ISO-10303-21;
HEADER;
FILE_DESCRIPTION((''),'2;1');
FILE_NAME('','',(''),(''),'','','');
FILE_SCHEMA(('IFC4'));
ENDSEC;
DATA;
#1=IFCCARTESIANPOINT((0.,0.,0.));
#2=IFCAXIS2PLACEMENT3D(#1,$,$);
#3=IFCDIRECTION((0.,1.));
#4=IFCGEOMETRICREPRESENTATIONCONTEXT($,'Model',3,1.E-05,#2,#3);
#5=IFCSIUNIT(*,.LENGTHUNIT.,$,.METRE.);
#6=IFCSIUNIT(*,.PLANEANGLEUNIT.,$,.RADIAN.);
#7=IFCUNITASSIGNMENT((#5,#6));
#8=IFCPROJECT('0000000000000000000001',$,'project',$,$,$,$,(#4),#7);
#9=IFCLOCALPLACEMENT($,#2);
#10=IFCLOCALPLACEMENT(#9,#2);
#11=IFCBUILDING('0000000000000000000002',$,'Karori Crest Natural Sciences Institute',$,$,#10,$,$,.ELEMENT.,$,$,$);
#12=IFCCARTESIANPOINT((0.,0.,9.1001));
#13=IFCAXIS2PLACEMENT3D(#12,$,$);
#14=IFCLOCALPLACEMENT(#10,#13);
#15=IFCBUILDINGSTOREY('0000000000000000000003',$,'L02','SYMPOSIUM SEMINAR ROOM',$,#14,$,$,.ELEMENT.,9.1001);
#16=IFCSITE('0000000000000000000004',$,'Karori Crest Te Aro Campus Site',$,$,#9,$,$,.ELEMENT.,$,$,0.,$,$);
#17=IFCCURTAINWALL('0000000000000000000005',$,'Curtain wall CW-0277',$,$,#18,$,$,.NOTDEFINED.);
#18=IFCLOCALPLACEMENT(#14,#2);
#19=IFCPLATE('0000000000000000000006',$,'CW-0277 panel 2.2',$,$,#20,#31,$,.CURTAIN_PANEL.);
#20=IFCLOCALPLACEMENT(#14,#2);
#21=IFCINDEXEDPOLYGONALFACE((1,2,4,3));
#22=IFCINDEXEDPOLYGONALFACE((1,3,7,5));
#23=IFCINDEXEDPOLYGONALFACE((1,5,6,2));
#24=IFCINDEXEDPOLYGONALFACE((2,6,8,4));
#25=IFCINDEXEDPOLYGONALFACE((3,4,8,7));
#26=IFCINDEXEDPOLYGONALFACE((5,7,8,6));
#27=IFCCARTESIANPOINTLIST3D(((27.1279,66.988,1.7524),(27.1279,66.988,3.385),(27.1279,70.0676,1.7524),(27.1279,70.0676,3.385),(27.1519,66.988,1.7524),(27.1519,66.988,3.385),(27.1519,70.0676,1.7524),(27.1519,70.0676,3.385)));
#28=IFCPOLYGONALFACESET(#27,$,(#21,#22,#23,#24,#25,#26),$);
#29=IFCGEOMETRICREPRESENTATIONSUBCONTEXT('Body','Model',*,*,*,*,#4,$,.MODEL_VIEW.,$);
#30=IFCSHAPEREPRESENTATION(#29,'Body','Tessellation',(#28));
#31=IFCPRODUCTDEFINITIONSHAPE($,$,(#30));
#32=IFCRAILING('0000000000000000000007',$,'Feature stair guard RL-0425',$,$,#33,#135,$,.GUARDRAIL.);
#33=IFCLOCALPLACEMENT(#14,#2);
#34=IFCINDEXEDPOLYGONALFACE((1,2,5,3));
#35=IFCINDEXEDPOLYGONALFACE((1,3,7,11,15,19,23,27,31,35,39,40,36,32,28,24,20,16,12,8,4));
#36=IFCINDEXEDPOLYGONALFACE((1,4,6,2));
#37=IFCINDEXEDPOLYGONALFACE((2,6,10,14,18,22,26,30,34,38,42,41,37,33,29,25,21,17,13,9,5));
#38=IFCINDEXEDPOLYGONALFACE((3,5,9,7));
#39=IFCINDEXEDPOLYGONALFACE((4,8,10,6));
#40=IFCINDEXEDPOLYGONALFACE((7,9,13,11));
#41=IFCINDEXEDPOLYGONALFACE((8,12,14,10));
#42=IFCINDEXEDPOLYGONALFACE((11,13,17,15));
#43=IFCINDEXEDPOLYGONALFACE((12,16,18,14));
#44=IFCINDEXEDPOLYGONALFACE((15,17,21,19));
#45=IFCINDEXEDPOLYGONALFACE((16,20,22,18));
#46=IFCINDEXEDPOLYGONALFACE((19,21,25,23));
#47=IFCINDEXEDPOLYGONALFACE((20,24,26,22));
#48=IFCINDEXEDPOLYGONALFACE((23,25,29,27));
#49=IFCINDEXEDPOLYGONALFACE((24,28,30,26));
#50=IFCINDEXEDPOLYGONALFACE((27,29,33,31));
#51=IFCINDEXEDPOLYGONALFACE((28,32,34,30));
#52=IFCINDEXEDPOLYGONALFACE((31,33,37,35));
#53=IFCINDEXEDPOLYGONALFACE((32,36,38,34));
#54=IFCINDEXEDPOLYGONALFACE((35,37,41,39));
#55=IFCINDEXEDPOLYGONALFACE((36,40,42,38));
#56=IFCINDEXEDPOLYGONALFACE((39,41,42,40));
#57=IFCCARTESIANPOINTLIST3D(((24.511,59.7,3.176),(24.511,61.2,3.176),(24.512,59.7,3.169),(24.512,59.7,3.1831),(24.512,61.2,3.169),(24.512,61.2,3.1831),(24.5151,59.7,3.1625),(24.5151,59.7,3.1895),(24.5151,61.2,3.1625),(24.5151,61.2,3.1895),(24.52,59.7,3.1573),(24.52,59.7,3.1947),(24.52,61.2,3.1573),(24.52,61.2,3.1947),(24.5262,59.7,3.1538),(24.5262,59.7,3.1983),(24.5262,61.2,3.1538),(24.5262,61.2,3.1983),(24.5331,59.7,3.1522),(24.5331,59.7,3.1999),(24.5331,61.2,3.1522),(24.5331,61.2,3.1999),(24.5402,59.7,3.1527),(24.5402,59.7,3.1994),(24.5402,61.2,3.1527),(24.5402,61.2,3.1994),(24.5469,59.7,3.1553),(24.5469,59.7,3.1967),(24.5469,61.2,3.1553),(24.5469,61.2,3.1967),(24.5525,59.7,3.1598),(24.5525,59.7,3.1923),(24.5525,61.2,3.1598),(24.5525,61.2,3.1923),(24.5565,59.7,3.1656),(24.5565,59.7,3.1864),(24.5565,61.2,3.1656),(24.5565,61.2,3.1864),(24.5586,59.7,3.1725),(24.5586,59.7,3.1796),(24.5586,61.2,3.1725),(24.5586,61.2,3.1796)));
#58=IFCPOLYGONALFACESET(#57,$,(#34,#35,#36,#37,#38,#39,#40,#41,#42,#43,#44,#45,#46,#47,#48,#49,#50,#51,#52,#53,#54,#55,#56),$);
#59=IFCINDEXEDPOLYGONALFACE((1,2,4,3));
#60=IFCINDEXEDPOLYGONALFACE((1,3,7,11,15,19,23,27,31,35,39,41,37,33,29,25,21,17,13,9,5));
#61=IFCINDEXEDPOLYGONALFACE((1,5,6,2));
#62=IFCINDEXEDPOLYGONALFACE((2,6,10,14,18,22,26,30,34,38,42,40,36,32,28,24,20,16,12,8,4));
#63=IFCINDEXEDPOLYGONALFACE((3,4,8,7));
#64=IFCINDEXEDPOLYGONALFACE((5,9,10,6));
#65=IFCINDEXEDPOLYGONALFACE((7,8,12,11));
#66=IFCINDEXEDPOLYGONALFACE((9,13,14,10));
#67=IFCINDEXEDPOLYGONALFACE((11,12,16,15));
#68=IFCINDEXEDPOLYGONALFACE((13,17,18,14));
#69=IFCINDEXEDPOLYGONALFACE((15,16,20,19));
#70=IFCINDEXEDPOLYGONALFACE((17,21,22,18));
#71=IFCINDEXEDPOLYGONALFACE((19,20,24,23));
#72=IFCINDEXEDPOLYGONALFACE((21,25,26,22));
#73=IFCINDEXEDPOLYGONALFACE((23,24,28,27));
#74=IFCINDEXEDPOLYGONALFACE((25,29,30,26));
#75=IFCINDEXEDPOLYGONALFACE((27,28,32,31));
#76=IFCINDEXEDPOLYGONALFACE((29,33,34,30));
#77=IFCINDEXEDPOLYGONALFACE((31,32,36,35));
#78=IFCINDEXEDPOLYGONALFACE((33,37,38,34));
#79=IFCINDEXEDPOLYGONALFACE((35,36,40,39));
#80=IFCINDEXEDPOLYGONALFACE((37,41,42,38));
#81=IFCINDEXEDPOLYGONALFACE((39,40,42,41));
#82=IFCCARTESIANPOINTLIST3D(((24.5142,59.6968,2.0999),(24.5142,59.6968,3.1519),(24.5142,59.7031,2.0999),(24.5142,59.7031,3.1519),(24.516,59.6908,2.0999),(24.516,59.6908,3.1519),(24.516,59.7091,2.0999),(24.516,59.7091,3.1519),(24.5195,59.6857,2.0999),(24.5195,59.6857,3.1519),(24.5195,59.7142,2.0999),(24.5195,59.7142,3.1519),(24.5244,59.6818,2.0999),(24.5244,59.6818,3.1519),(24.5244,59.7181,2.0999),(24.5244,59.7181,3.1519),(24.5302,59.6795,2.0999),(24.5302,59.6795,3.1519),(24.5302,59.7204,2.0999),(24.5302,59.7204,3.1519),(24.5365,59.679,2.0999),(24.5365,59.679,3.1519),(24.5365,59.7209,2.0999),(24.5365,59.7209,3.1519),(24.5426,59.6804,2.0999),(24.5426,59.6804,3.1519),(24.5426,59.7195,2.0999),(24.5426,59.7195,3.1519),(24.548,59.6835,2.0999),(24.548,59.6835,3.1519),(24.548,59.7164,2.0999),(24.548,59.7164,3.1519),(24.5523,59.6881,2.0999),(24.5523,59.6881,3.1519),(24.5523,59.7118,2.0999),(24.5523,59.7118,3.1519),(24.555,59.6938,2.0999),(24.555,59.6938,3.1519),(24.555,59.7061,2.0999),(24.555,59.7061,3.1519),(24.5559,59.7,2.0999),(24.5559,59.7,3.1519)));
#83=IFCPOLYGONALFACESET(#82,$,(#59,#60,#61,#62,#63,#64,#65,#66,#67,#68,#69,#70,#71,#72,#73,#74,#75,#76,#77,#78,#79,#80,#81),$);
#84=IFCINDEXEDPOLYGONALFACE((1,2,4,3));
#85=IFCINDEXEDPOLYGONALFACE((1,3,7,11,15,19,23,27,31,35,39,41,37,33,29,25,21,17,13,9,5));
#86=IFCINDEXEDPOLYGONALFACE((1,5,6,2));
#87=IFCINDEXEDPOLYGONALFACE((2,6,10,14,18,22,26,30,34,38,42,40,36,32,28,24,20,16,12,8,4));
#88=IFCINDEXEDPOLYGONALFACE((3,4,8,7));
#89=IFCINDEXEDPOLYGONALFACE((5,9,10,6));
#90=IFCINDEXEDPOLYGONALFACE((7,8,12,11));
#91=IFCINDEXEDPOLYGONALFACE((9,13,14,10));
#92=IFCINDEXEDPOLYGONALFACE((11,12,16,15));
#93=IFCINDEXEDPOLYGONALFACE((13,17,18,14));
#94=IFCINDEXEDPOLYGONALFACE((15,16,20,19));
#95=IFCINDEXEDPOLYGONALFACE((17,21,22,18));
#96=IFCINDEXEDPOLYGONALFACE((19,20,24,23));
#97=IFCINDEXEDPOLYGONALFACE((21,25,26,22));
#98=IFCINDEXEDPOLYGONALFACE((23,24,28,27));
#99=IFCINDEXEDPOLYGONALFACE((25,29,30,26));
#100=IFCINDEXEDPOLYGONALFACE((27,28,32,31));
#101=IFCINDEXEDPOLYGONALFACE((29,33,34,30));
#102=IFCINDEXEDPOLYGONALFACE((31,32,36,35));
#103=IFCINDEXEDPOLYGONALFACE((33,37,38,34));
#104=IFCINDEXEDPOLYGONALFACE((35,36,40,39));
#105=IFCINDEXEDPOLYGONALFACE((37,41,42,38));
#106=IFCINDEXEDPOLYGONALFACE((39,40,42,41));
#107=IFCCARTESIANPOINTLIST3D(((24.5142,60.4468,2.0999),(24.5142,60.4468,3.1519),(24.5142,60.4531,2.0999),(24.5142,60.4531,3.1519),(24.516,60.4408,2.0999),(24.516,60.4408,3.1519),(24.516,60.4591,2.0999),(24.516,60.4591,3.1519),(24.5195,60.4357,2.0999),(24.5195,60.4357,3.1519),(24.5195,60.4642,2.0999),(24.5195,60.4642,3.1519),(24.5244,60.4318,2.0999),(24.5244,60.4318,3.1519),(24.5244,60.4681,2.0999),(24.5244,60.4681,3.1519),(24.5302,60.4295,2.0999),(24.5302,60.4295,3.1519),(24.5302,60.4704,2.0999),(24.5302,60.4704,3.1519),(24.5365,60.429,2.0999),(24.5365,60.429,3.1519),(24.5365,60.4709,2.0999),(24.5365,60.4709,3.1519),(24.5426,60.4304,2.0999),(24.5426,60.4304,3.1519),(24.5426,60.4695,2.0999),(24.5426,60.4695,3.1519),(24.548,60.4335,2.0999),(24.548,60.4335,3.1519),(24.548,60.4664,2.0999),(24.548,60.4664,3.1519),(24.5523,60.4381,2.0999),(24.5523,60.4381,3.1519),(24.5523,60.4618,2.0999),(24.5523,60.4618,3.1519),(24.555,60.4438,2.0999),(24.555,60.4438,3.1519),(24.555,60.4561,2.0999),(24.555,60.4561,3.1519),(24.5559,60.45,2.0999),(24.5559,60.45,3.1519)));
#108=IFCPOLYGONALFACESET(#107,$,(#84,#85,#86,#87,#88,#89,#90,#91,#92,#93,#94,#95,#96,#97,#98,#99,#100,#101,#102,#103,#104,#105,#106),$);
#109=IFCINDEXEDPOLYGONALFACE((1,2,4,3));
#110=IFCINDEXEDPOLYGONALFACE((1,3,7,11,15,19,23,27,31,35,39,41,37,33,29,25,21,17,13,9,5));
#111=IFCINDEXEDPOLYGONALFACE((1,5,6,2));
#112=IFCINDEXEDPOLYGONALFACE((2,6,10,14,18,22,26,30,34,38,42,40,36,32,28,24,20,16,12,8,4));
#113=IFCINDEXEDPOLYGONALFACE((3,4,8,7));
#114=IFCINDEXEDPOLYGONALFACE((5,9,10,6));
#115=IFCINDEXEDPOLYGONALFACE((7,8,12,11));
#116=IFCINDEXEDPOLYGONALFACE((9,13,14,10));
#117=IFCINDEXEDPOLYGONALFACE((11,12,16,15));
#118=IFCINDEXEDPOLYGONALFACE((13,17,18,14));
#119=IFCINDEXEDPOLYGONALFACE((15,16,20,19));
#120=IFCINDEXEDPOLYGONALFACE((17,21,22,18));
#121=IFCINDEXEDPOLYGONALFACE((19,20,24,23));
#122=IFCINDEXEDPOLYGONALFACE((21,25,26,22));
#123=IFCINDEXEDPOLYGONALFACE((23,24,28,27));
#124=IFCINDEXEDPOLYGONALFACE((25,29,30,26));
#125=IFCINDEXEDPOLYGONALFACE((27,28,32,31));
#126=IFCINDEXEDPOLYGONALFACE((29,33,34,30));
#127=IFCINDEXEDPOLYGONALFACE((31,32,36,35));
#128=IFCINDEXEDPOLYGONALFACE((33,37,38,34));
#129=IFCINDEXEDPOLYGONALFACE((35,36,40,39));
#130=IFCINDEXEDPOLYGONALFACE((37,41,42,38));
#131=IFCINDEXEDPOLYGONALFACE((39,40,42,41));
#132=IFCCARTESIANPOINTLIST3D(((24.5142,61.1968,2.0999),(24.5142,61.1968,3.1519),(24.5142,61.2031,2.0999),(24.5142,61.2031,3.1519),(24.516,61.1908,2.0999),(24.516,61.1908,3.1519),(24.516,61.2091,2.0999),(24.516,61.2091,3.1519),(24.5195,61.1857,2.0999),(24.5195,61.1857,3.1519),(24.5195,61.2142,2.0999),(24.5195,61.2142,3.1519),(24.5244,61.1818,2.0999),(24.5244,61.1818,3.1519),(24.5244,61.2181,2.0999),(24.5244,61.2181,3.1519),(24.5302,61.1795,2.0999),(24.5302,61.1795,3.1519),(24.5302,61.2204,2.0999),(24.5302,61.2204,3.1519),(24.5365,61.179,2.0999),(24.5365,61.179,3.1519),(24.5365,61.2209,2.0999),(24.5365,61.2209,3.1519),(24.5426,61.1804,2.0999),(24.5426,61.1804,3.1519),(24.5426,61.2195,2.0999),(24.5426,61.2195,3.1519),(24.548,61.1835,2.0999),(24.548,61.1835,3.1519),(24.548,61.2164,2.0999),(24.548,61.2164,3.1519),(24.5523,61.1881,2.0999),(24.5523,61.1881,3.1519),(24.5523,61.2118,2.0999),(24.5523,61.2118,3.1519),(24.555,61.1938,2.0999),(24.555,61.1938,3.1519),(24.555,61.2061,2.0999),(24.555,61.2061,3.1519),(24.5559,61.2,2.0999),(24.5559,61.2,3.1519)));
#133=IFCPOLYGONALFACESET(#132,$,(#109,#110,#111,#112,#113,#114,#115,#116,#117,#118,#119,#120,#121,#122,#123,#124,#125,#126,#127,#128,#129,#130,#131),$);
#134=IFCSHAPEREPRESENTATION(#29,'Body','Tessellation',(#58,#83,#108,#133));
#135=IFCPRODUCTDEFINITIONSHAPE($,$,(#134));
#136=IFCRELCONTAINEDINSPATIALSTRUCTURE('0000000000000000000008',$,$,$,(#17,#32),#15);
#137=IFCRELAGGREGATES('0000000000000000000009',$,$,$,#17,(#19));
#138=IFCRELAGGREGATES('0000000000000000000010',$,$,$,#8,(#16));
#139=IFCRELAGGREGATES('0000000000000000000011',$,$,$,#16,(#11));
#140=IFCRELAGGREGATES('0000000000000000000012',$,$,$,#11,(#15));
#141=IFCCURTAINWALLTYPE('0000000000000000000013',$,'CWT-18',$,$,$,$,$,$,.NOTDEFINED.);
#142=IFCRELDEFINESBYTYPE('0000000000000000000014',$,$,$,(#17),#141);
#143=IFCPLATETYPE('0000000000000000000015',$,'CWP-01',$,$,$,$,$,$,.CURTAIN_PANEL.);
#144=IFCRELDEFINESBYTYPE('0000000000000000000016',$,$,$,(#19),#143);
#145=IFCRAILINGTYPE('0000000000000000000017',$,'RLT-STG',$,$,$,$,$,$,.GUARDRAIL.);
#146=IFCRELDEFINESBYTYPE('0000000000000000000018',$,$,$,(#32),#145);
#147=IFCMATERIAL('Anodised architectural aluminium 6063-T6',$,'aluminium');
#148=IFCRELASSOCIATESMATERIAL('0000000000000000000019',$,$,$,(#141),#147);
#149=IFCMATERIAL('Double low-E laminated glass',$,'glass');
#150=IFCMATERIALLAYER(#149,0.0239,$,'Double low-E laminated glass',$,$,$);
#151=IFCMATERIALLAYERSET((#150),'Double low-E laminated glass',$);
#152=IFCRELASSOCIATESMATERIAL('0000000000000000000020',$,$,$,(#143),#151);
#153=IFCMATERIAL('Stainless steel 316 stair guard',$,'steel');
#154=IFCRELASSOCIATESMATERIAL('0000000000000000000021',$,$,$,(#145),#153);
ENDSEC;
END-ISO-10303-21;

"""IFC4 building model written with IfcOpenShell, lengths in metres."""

from ifc_helpers import new_model, si_unit, direction, frame, origin, origin_2d, place, context, subcontext, project, spatial, rectangle, circle, extrude, material, layer, layer_set, type_object, element, aggregate, save


model = new_model("IFC4")

# Units and contexts
model_context = context("Model", 3, precision=1e-05, world=origin(), true_north=direction((0.0, 1.0)))
body_context = subcontext(model_context, "Body", "Model", "MODEL_VIEW")
ifc_project = project(units=[si_unit("LENGTHUNIT", "METRE"), si_unit("PLANEANGLEUNIT", "RADIAN")], contexts=[model_context])

# Site, building, storey
site_placement = place(None, origin())
site = spatial("IfcSite", under=ifc_project, at=site_placement, Name="Karori Crest Te Aro Campus Site", CompositionType="ELEMENT", RefElevation=0.0)
building_placement = place(site_placement, origin())
building = spatial("IfcBuilding", under=site, at=building_placement, Name="Karori Crest Natural Sciences Institute", CompositionType="ELEMENT")
storey_placement = place(building_placement, frame((0.0, 0.0, 9.1001)))
storey = spatial("IfcBuildingStorey", under=building, at=storey_placement, Name="L02", Description="SYMPOSIUM SEMINAR ROOM", CompositionType="ELEMENT", Elevation=9.1001)

# Curtain wall
ifc_material_1 = material(Name="Anodised architectural aluminium 6063-T6", Category="aluminium")
curtain_wall_type = type_object("IfcCurtainWallType", Name="CWT-18", PredefinedType="NOTDEFINED", material=ifc_material_1)
curtain_wall_1_placement = place(storey_placement, origin())
curtain_wall_1 = element("IfcCurtainWall", 1, at=curtain_wall_1_placement, inside=storey, type_object=curtain_wall_type, Name="Curtain wall CW-0277", PredefinedType="NOTDEFINED")

# Plate
ifc_material_2 = material(Name="Double low-E laminated glass", Category="glass")
ifc_layer = layer(ifc_material_2, 0.0239, Name="Double low-E laminated glass")
ifc_layer_set = layer_set([ifc_layer], Name="Double low-E laminated glass")
plate_type = type_object("IfcPlateType", Name="CWP-01", PredefinedType="CURTAIN_PANEL", material=ifc_layer_set)
plate_1_placement = place(storey_placement, frame((27.1399, 68.5278, 1.7524), z_axis=(0.0, 0.0, 1.0), x_axis=(0.0, -1.0, 0.0)))
plate_1 = element("IfcPlate", 2, at=plate_1_placement, type_object=plate_type, Name="CW-0277 panel 2.2", PredefinedType="CURTAIN_PANEL", context=body_context, shape_type="SweptSolid", body=[
    extrude(rectangle(XDim=3.0796, YDim=0.0239, at=origin_2d()), origin(), (0.0, 0.0, 1.0), 1.6326),
])
aggregate(curtain_wall_1, [plate_1])

# Railing
ifc_material_3 = material(Name="Stainless steel 316 stair guard", Category="steel")
railing_type = type_object("IfcRailingType", Name="RLT-STG", PredefinedType="GUARDRAIL", material=ifc_material_3)
railing_1_placement = place(storey_placement, frame((24.5349, 59.7, 2.0999)))
element("IfcRailing", 3, at=railing_1_placement, inside=storey, type_object=railing_type, Name="Feature stair guard RL-0425", PredefinedType="GUARDRAIL", context=body_context, shape_type="SweptSolid", body=[
    extrude(circle(Radius=0.0239, at=origin_2d()), frame((0.0, 0.0, 1.0762), z_axis=(0.0, 1.0, 0.0), x_axis=(-1.0, 0.0, 0.0)), (0.0, 0.0, 1.0), 1.5),
    extrude(circle(Radius=0.021, at=origin_2d()), origin(), (0.0, 0.0, 1.0), 1.052),
    extrude(circle(Radius=0.021, at=origin_2d()), frame((0.0, 0.75, 0.0)), (0.0, 0.0, 1.0), 1.052),
    extrude(circle(Radius=0.021, at=origin_2d()), frame((0.0, 1.5, 0.0)), (0.0, 0.0, 1.0), 1.052),
])

save(model, "model.ifc")
